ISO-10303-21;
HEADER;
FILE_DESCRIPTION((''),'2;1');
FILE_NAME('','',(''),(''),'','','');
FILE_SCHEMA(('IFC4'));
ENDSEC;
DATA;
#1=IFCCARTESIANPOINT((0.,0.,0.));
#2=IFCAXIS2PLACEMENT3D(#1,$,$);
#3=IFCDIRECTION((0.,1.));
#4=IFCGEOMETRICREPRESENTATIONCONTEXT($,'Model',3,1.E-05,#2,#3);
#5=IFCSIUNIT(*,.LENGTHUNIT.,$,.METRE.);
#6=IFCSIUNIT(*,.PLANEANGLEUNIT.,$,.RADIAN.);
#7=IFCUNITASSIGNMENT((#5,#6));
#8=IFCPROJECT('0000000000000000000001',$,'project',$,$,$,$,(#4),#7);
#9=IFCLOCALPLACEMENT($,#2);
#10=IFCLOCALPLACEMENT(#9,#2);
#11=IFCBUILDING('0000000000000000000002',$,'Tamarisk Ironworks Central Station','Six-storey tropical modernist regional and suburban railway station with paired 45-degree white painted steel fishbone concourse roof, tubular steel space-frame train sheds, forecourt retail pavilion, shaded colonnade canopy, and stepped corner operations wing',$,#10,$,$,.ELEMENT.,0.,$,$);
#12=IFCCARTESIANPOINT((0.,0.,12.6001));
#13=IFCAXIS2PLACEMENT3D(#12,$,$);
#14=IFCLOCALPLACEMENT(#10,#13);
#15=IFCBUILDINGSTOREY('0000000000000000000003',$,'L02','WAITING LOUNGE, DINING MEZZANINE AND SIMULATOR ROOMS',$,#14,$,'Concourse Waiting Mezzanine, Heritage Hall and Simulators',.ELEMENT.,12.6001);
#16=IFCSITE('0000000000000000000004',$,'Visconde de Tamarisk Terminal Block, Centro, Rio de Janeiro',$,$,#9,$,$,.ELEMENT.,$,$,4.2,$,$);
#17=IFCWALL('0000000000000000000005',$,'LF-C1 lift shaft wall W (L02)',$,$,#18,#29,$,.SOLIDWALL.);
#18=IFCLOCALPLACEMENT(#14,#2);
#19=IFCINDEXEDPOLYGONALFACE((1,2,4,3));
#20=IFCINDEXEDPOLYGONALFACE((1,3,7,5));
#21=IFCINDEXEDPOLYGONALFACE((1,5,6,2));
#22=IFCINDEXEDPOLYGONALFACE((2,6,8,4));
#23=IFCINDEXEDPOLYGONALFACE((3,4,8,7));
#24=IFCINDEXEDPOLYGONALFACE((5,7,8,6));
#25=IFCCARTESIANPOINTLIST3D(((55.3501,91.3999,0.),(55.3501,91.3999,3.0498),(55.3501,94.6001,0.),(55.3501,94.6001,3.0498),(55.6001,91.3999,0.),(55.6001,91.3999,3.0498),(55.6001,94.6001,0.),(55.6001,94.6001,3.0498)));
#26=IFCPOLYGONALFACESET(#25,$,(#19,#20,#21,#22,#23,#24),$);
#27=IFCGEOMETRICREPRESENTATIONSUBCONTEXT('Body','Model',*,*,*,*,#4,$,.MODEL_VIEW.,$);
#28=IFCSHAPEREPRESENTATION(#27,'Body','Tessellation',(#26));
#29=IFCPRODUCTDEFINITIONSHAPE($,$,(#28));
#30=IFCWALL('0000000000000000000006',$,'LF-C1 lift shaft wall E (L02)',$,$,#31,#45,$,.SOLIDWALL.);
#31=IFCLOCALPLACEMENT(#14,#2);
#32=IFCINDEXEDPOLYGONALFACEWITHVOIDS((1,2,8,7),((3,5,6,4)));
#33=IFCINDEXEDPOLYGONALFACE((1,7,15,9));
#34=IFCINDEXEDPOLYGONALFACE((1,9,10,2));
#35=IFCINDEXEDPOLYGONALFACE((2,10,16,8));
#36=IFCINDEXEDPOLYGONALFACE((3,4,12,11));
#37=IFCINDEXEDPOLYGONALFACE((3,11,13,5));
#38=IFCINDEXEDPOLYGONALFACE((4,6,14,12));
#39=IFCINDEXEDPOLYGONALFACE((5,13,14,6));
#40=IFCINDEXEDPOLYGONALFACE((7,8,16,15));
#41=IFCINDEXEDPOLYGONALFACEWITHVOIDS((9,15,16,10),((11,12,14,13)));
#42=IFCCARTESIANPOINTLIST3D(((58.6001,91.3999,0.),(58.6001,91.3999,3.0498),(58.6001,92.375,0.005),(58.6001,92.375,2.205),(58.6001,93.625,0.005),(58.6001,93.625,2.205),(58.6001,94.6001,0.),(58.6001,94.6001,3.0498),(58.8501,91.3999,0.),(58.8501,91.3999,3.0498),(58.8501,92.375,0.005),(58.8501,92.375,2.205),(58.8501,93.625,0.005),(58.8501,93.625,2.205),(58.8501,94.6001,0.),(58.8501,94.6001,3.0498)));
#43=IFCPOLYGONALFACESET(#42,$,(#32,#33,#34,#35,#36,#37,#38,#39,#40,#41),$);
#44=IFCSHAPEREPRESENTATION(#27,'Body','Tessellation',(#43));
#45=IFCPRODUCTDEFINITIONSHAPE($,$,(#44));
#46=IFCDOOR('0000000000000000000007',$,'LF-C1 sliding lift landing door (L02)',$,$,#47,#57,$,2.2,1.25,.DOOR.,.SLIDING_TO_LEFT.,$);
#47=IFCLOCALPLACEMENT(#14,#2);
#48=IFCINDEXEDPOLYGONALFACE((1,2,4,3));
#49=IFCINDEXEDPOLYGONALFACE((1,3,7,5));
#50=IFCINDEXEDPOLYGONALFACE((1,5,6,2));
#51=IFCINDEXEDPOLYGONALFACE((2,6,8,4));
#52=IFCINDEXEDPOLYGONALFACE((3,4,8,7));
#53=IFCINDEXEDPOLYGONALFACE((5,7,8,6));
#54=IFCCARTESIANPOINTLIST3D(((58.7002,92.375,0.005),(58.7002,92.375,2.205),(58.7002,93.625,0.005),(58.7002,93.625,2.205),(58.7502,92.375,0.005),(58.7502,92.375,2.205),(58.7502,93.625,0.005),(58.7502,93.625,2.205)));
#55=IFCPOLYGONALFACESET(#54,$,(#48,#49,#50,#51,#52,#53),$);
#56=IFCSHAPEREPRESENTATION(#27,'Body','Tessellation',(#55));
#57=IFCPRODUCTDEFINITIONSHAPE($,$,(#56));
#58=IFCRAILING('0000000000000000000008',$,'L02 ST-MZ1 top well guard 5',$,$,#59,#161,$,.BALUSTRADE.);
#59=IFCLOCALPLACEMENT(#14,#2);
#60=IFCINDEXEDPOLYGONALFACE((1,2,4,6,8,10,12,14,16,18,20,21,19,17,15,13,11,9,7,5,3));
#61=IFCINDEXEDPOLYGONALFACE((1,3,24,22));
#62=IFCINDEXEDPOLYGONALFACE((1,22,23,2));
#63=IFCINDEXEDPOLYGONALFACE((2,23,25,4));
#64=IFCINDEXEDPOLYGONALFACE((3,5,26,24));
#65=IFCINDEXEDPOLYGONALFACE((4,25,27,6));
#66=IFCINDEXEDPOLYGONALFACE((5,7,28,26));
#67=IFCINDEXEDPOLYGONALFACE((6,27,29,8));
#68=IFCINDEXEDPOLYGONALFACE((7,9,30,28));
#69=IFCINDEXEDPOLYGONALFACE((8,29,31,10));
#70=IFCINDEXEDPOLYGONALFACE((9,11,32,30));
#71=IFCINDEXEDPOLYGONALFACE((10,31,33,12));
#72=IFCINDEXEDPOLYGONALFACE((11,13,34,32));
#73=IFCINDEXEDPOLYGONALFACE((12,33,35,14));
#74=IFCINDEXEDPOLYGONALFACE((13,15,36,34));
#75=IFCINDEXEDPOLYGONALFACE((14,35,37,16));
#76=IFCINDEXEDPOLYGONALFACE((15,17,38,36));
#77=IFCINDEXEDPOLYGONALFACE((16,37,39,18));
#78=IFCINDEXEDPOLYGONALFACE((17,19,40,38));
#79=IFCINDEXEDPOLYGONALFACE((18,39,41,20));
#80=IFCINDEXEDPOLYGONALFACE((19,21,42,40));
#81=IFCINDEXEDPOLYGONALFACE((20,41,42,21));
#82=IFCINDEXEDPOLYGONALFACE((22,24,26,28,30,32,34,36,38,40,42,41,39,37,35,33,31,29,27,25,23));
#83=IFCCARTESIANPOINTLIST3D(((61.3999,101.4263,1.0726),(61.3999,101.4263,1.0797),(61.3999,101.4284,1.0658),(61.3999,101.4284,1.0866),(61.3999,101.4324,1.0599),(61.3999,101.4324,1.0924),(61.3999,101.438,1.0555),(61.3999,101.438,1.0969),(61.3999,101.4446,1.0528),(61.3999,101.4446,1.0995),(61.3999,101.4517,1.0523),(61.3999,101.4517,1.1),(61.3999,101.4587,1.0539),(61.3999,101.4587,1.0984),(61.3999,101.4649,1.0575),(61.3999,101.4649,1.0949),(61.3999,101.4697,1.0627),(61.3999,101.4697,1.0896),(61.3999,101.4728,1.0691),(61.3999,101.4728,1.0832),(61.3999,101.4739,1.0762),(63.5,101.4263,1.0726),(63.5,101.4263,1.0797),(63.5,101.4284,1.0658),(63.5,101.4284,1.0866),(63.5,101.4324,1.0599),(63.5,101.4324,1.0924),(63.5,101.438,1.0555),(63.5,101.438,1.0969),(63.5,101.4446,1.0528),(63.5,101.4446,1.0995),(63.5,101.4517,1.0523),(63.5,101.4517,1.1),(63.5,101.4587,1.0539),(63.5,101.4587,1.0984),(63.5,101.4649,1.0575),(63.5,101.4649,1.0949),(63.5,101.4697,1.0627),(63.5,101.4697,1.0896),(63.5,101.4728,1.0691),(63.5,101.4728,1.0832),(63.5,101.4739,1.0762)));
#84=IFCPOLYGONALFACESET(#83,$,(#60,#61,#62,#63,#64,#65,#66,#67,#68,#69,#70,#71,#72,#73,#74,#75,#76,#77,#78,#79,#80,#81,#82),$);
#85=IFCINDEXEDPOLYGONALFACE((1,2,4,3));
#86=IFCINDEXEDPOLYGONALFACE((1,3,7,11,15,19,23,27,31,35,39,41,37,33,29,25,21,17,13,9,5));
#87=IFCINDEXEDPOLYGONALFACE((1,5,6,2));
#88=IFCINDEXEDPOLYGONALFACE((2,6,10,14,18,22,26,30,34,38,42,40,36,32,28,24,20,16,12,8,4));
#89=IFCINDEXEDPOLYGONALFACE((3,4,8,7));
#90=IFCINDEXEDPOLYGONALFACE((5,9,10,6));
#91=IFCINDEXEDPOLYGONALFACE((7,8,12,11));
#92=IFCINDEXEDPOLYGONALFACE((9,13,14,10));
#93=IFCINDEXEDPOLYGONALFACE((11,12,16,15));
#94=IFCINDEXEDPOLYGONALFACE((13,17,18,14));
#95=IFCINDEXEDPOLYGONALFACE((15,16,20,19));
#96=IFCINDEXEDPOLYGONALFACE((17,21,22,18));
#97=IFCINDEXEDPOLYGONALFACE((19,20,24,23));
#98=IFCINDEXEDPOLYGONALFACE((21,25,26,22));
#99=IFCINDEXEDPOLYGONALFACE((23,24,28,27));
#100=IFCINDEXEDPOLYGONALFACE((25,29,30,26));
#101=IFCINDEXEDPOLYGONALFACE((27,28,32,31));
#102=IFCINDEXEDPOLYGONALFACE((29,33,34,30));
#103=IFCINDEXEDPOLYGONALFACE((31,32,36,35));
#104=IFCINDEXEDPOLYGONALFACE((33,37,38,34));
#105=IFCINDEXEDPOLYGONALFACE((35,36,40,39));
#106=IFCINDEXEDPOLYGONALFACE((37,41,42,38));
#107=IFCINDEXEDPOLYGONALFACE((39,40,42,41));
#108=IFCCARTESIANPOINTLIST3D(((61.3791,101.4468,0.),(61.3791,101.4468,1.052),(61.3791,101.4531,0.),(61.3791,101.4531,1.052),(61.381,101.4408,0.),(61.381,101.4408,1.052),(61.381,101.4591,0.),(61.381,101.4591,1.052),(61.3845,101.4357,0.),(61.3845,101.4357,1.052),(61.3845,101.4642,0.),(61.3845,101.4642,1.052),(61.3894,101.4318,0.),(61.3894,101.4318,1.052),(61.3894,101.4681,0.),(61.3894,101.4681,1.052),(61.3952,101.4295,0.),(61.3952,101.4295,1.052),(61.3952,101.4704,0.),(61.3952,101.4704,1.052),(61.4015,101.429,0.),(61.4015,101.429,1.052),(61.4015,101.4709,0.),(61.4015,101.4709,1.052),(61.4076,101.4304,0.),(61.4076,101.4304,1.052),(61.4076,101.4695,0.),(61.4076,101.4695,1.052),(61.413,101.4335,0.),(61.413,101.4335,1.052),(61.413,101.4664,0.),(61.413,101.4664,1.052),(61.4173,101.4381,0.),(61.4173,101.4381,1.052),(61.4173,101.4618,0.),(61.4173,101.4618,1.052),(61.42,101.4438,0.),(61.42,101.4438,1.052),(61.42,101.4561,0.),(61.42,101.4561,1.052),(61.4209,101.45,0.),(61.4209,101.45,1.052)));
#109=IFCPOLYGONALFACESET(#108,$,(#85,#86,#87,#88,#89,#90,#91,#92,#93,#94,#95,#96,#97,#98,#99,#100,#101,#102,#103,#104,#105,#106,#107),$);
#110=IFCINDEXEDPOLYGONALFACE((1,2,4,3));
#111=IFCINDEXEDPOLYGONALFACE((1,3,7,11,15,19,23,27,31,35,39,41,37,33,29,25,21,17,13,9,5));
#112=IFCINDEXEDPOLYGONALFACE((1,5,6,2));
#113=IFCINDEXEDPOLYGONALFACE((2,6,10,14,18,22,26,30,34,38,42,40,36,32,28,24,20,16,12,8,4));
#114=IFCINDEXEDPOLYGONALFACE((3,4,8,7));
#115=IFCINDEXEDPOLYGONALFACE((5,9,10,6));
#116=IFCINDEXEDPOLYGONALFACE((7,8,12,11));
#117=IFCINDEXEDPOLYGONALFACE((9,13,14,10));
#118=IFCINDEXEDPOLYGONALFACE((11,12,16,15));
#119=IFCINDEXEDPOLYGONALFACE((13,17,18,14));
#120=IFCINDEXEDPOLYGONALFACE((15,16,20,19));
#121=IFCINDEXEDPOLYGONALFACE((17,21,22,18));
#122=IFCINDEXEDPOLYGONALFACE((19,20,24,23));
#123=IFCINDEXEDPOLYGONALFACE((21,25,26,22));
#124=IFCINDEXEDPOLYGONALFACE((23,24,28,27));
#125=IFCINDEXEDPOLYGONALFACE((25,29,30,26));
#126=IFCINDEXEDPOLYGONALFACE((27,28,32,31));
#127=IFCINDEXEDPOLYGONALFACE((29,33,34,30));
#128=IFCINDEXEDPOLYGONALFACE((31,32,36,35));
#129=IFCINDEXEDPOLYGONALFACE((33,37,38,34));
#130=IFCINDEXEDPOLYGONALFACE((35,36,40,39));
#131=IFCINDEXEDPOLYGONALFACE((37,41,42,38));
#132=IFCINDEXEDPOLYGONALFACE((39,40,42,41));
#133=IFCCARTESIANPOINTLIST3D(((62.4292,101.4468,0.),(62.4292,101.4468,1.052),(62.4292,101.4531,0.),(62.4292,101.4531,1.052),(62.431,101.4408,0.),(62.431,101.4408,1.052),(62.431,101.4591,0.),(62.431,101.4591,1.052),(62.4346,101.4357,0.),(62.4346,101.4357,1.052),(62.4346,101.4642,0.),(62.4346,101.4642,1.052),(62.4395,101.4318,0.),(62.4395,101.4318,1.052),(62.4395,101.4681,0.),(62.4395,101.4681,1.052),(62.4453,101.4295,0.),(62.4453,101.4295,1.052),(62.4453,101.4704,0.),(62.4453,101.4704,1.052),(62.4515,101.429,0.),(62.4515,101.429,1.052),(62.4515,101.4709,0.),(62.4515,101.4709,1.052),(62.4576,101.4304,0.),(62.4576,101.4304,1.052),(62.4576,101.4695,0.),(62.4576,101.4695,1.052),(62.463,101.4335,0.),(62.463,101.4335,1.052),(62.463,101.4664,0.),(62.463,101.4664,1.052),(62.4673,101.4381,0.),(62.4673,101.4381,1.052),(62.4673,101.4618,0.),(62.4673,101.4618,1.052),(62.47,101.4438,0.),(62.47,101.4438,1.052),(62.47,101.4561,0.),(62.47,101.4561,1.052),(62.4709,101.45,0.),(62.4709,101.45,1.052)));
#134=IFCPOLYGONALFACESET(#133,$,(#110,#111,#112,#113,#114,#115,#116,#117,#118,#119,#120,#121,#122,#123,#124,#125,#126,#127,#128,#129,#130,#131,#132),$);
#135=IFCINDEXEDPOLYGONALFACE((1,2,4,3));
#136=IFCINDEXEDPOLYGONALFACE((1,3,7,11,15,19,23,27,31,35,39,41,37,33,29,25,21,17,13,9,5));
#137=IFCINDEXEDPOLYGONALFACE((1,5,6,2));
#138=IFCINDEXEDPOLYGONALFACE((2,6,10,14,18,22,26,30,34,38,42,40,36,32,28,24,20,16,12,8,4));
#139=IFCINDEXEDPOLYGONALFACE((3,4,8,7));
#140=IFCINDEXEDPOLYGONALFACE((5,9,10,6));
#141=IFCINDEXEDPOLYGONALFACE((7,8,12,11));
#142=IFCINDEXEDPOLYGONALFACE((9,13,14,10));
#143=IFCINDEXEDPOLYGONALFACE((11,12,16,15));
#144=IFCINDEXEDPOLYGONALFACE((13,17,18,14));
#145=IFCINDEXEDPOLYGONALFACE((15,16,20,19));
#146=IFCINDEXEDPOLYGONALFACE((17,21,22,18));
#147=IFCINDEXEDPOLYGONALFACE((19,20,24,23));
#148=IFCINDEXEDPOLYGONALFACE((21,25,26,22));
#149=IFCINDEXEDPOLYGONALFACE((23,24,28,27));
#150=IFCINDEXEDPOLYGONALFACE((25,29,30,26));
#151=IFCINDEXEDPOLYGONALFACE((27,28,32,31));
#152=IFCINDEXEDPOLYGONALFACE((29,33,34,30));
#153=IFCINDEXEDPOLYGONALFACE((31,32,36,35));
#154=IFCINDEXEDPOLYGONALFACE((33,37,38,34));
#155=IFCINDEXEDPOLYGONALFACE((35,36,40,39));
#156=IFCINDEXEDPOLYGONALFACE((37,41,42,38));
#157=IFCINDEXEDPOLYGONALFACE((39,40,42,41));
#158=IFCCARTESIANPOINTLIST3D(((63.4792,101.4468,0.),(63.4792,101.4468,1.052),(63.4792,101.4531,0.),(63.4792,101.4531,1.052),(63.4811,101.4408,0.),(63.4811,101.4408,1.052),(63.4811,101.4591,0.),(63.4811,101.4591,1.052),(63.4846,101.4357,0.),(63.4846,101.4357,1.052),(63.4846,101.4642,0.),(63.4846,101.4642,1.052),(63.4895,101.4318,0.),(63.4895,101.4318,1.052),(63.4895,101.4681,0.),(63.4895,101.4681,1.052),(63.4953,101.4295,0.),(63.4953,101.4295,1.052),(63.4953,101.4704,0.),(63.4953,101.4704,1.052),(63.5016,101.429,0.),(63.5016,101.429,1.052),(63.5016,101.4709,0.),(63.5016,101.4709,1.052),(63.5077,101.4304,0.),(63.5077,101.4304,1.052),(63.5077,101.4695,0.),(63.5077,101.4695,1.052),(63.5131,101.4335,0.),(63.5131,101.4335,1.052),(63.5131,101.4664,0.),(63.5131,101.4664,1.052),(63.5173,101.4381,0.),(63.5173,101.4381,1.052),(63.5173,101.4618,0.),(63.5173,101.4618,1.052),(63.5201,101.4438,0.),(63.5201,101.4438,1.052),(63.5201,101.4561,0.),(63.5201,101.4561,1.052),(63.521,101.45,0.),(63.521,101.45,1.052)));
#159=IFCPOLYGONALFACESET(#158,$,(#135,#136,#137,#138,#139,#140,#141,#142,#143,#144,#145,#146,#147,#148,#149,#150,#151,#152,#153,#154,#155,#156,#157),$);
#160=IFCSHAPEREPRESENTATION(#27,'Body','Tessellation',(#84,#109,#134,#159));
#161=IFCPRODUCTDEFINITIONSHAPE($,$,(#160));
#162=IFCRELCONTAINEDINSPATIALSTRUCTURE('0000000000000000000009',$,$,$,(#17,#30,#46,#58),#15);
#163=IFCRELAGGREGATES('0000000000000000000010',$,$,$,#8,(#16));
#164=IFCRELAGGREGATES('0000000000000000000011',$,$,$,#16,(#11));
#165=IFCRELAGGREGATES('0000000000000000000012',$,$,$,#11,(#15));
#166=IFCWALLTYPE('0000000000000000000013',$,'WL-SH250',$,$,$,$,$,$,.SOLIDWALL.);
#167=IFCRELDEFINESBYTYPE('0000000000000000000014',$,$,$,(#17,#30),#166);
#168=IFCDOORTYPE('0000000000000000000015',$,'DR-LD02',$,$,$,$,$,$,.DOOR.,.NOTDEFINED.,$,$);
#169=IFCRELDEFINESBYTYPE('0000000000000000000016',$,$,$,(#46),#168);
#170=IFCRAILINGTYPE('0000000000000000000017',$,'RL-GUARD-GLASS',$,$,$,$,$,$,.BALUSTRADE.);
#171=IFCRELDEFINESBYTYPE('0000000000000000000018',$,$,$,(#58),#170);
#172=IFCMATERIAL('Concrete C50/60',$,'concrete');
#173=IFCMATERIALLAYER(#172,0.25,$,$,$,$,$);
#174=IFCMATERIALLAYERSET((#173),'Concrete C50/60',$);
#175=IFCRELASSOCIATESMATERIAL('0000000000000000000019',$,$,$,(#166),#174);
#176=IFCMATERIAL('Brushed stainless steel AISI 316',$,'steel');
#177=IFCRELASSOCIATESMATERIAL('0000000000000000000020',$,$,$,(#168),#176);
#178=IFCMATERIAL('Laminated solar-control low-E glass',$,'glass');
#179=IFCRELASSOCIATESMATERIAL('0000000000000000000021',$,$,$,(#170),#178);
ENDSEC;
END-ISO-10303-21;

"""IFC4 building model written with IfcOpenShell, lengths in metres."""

from ifc_helpers import new_model, si_unit, direction, frame, frame_2d, origin, origin_2d, place, context, subcontext, project, spatial, rectangle, circle, extrude, material, layer, layer_set, type_object, element, fill, save


model = new_model("IFC4")

# Units and contexts
model_context = context("Model", 3, precision=1e-05, world=origin(), true_north=direction((0.0, 1.0)))
body_context = subcontext(model_context, "Body", "Model", "MODEL_VIEW")
ifc_project = project(units=[si_unit("LENGTHUNIT", "METRE"), si_unit("PLANEANGLEUNIT", "RADIAN")], contexts=[model_context])

# Site, building, storey
site_placement = place(None, origin())
site = spatial("IfcSite", under=ifc_project, at=site_placement, Name="Visconde de Tamarisk Terminal Block, Centro, Rio de Janeiro", CompositionType="ELEMENT", RefElevation=4.2)
building_placement = place(site_placement, origin())
building = spatial("IfcBuilding", under=site, at=building_placement, Name="Tamarisk Ironworks Central Station", Description="Six-storey tropical modernist regional and suburban railway station with paired 45-degree white painted steel fishbone concourse roof, tubular steel space-frame train sheds, forecourt retail pavilion, shaded colonnade canopy, and stepped corner operations wing", CompositionType="ELEMENT", ElevationOfRefHeight=0.0)
storey_placement = place(building_placement, frame((0.0, 0.0, 12.6001)))
storey = spatial("IfcBuildingStorey", under=building, at=storey_placement, Name="L02", Description="WAITING LOUNGE, DINING MEZZANINE AND SIMULATOR ROOMS", LongName="Concourse Waiting Mezzanine, Heritage Hall and Simulators", CompositionType="ELEMENT", Elevation=12.6001)

# Shared definitions
ifc_material_1 = material(Name="Concrete C50/60", Category="concrete")

# Wall
ifc_layer_1 = layer(ifc_material_1, 0.25)
ifc_layer_set_1 = layer_set([ifc_layer_1], Name="Concrete C50/60")
wall_type_1 = type_object("IfcWallType", Name="WL-SH250", PredefinedType="SOLIDWALL", material=ifc_layer_set_1)
wall_1_placement = place(storey_placement, frame((55.4751, 91.3999, 0.0), z_axis=(0.0, 0.0, 1.0), x_axis=(0.0, 1.0, 0.0)))
element("IfcWall", 1, at=wall_1_placement, inside=storey, type_object=wall_type_1, Name="LF-C1 lift shaft wall W (L02)", PredefinedType="SOLIDWALL", context=body_context, shape_type="SweptSolid", body=[
    extrude(rectangle(XDim=3.2002, YDim=0.25, at=frame_2d((1.6001, 0.0))), origin(), (0.0, 0.0, 1.0), 3.0498),
])

# Wall, opening, door
wall_2_placement = place(storey_placement, frame((58.7251, 91.3999, 0.0), z_axis=(0.0, 0.0, 1.0), x_axis=(0.0, 1.0, 0.0)))
wall_2 = element("IfcWall", 2, at=wall_2_placement, inside=storey, type_object=wall_type_1, Name="LF-C1 lift shaft wall E (L02)", PredefinedType="SOLIDWALL", context=body_context, shape_type="SweptSolid", body=[
    extrude(rectangle(XDim=3.2002, YDim=0.25, at=frame_2d((1.6001, 0.0))), origin(), (0.0, 0.0, 1.0), 3.0498),
])
opening_1_placement = place(wall_2_placement, frame((0.9751, 0.0, 0.0049)))
opening_1 = element("IfcOpeningElement", 3, at=opening_1_placement, cuts=wall_2, PredefinedType="OPENING", context=body_context, shape_type="SweptSolid", body=[
    extrude(rectangle(XDim=1.25, YDim=2.2, at=frame_2d((0.625, 1.1001))), frame((0.0, 0.137, 0.0), z_axis=(0.0, -1.0, 0.0), x_axis=(1.0, 0.0, 0.0)), (0.0, 0.0, 1.0), 0.2739),
])
ifc_material_2 = material(Name="Brushed stainless steel AISI 316", Category="steel")
door_type_1 = type_object("IfcDoorType", Name="DR-LD02", OperationType="NOTDEFINED", PredefinedType="DOOR", material=ifc_material_2)
door_1_placement = place(opening_1_placement, origin())
door_1 = element("IfcDoor", 4, at=door_1_placement, inside=storey, type_object=door_type_1, Name="LF-C1 sliding lift landing door (L02)", OperationType="SLIDING_TO_LEFT", OverallHeight=2.2, OverallWidth=1.25, PredefinedType="DOOR", context=body_context, shape_type="SweptSolid", body=[
    extrude(rectangle(XDim=1.25, YDim=2.2, at=frame_2d((0.625, 1.1001))), frame((0.0, 0.0249, 0.0), z_axis=(0.0, -1.0, 0.0), x_axis=(1.0, 0.0, 0.0)), (0.0, 0.0, 1.0), 0.05),
])
fill(opening_1, door_1)

# Railing
ifc_material_3 = material(Name="Laminated solar-control low-E glass", Category="glass")
railing_type_1 = type_object("IfcRailingType", Name="RL-GUARD-GLASS", PredefinedType="BALUSTRADE", material=ifc_material_3)
for number, where, name in (
    (5, (61.3999, 101.45, 0.0), "L02 ST-MZ1 top well guard 5"),
):
    element("IfcRailing", number, at=place(storey_placement, frame(where)), inside=storey, type_object=railing_type_1, Name=name, PredefinedType="BALUSTRADE", context=body_context, shape_type="SweptSolid", body=[
        extrude(circle(Radius=0.0239, at=origin_2d()), frame((0.0, 0.0, 1.0762), z_axis=(1.0, 0.0, 0.0), x_axis=(0.0, 1.0, 0.0)), (0.0, 0.0, 1.0), 2.1001),
        extrude(circle(Radius=0.021, at=origin_2d()), origin(), (0.0, 0.0, 1.0), 1.052),
        extrude(circle(Radius=0.021, at=origin_2d()), frame((1.05, 0.0, 0.0)), (0.0, 0.0, 1.0), 1.052),
        extrude(circle(Radius=0.021, at=origin_2d()), frame((2.1001, 0.0, 0.0)), (0.0, 0.0, 1.0), 1.052),
    ])

save(model, "model.ifc")
